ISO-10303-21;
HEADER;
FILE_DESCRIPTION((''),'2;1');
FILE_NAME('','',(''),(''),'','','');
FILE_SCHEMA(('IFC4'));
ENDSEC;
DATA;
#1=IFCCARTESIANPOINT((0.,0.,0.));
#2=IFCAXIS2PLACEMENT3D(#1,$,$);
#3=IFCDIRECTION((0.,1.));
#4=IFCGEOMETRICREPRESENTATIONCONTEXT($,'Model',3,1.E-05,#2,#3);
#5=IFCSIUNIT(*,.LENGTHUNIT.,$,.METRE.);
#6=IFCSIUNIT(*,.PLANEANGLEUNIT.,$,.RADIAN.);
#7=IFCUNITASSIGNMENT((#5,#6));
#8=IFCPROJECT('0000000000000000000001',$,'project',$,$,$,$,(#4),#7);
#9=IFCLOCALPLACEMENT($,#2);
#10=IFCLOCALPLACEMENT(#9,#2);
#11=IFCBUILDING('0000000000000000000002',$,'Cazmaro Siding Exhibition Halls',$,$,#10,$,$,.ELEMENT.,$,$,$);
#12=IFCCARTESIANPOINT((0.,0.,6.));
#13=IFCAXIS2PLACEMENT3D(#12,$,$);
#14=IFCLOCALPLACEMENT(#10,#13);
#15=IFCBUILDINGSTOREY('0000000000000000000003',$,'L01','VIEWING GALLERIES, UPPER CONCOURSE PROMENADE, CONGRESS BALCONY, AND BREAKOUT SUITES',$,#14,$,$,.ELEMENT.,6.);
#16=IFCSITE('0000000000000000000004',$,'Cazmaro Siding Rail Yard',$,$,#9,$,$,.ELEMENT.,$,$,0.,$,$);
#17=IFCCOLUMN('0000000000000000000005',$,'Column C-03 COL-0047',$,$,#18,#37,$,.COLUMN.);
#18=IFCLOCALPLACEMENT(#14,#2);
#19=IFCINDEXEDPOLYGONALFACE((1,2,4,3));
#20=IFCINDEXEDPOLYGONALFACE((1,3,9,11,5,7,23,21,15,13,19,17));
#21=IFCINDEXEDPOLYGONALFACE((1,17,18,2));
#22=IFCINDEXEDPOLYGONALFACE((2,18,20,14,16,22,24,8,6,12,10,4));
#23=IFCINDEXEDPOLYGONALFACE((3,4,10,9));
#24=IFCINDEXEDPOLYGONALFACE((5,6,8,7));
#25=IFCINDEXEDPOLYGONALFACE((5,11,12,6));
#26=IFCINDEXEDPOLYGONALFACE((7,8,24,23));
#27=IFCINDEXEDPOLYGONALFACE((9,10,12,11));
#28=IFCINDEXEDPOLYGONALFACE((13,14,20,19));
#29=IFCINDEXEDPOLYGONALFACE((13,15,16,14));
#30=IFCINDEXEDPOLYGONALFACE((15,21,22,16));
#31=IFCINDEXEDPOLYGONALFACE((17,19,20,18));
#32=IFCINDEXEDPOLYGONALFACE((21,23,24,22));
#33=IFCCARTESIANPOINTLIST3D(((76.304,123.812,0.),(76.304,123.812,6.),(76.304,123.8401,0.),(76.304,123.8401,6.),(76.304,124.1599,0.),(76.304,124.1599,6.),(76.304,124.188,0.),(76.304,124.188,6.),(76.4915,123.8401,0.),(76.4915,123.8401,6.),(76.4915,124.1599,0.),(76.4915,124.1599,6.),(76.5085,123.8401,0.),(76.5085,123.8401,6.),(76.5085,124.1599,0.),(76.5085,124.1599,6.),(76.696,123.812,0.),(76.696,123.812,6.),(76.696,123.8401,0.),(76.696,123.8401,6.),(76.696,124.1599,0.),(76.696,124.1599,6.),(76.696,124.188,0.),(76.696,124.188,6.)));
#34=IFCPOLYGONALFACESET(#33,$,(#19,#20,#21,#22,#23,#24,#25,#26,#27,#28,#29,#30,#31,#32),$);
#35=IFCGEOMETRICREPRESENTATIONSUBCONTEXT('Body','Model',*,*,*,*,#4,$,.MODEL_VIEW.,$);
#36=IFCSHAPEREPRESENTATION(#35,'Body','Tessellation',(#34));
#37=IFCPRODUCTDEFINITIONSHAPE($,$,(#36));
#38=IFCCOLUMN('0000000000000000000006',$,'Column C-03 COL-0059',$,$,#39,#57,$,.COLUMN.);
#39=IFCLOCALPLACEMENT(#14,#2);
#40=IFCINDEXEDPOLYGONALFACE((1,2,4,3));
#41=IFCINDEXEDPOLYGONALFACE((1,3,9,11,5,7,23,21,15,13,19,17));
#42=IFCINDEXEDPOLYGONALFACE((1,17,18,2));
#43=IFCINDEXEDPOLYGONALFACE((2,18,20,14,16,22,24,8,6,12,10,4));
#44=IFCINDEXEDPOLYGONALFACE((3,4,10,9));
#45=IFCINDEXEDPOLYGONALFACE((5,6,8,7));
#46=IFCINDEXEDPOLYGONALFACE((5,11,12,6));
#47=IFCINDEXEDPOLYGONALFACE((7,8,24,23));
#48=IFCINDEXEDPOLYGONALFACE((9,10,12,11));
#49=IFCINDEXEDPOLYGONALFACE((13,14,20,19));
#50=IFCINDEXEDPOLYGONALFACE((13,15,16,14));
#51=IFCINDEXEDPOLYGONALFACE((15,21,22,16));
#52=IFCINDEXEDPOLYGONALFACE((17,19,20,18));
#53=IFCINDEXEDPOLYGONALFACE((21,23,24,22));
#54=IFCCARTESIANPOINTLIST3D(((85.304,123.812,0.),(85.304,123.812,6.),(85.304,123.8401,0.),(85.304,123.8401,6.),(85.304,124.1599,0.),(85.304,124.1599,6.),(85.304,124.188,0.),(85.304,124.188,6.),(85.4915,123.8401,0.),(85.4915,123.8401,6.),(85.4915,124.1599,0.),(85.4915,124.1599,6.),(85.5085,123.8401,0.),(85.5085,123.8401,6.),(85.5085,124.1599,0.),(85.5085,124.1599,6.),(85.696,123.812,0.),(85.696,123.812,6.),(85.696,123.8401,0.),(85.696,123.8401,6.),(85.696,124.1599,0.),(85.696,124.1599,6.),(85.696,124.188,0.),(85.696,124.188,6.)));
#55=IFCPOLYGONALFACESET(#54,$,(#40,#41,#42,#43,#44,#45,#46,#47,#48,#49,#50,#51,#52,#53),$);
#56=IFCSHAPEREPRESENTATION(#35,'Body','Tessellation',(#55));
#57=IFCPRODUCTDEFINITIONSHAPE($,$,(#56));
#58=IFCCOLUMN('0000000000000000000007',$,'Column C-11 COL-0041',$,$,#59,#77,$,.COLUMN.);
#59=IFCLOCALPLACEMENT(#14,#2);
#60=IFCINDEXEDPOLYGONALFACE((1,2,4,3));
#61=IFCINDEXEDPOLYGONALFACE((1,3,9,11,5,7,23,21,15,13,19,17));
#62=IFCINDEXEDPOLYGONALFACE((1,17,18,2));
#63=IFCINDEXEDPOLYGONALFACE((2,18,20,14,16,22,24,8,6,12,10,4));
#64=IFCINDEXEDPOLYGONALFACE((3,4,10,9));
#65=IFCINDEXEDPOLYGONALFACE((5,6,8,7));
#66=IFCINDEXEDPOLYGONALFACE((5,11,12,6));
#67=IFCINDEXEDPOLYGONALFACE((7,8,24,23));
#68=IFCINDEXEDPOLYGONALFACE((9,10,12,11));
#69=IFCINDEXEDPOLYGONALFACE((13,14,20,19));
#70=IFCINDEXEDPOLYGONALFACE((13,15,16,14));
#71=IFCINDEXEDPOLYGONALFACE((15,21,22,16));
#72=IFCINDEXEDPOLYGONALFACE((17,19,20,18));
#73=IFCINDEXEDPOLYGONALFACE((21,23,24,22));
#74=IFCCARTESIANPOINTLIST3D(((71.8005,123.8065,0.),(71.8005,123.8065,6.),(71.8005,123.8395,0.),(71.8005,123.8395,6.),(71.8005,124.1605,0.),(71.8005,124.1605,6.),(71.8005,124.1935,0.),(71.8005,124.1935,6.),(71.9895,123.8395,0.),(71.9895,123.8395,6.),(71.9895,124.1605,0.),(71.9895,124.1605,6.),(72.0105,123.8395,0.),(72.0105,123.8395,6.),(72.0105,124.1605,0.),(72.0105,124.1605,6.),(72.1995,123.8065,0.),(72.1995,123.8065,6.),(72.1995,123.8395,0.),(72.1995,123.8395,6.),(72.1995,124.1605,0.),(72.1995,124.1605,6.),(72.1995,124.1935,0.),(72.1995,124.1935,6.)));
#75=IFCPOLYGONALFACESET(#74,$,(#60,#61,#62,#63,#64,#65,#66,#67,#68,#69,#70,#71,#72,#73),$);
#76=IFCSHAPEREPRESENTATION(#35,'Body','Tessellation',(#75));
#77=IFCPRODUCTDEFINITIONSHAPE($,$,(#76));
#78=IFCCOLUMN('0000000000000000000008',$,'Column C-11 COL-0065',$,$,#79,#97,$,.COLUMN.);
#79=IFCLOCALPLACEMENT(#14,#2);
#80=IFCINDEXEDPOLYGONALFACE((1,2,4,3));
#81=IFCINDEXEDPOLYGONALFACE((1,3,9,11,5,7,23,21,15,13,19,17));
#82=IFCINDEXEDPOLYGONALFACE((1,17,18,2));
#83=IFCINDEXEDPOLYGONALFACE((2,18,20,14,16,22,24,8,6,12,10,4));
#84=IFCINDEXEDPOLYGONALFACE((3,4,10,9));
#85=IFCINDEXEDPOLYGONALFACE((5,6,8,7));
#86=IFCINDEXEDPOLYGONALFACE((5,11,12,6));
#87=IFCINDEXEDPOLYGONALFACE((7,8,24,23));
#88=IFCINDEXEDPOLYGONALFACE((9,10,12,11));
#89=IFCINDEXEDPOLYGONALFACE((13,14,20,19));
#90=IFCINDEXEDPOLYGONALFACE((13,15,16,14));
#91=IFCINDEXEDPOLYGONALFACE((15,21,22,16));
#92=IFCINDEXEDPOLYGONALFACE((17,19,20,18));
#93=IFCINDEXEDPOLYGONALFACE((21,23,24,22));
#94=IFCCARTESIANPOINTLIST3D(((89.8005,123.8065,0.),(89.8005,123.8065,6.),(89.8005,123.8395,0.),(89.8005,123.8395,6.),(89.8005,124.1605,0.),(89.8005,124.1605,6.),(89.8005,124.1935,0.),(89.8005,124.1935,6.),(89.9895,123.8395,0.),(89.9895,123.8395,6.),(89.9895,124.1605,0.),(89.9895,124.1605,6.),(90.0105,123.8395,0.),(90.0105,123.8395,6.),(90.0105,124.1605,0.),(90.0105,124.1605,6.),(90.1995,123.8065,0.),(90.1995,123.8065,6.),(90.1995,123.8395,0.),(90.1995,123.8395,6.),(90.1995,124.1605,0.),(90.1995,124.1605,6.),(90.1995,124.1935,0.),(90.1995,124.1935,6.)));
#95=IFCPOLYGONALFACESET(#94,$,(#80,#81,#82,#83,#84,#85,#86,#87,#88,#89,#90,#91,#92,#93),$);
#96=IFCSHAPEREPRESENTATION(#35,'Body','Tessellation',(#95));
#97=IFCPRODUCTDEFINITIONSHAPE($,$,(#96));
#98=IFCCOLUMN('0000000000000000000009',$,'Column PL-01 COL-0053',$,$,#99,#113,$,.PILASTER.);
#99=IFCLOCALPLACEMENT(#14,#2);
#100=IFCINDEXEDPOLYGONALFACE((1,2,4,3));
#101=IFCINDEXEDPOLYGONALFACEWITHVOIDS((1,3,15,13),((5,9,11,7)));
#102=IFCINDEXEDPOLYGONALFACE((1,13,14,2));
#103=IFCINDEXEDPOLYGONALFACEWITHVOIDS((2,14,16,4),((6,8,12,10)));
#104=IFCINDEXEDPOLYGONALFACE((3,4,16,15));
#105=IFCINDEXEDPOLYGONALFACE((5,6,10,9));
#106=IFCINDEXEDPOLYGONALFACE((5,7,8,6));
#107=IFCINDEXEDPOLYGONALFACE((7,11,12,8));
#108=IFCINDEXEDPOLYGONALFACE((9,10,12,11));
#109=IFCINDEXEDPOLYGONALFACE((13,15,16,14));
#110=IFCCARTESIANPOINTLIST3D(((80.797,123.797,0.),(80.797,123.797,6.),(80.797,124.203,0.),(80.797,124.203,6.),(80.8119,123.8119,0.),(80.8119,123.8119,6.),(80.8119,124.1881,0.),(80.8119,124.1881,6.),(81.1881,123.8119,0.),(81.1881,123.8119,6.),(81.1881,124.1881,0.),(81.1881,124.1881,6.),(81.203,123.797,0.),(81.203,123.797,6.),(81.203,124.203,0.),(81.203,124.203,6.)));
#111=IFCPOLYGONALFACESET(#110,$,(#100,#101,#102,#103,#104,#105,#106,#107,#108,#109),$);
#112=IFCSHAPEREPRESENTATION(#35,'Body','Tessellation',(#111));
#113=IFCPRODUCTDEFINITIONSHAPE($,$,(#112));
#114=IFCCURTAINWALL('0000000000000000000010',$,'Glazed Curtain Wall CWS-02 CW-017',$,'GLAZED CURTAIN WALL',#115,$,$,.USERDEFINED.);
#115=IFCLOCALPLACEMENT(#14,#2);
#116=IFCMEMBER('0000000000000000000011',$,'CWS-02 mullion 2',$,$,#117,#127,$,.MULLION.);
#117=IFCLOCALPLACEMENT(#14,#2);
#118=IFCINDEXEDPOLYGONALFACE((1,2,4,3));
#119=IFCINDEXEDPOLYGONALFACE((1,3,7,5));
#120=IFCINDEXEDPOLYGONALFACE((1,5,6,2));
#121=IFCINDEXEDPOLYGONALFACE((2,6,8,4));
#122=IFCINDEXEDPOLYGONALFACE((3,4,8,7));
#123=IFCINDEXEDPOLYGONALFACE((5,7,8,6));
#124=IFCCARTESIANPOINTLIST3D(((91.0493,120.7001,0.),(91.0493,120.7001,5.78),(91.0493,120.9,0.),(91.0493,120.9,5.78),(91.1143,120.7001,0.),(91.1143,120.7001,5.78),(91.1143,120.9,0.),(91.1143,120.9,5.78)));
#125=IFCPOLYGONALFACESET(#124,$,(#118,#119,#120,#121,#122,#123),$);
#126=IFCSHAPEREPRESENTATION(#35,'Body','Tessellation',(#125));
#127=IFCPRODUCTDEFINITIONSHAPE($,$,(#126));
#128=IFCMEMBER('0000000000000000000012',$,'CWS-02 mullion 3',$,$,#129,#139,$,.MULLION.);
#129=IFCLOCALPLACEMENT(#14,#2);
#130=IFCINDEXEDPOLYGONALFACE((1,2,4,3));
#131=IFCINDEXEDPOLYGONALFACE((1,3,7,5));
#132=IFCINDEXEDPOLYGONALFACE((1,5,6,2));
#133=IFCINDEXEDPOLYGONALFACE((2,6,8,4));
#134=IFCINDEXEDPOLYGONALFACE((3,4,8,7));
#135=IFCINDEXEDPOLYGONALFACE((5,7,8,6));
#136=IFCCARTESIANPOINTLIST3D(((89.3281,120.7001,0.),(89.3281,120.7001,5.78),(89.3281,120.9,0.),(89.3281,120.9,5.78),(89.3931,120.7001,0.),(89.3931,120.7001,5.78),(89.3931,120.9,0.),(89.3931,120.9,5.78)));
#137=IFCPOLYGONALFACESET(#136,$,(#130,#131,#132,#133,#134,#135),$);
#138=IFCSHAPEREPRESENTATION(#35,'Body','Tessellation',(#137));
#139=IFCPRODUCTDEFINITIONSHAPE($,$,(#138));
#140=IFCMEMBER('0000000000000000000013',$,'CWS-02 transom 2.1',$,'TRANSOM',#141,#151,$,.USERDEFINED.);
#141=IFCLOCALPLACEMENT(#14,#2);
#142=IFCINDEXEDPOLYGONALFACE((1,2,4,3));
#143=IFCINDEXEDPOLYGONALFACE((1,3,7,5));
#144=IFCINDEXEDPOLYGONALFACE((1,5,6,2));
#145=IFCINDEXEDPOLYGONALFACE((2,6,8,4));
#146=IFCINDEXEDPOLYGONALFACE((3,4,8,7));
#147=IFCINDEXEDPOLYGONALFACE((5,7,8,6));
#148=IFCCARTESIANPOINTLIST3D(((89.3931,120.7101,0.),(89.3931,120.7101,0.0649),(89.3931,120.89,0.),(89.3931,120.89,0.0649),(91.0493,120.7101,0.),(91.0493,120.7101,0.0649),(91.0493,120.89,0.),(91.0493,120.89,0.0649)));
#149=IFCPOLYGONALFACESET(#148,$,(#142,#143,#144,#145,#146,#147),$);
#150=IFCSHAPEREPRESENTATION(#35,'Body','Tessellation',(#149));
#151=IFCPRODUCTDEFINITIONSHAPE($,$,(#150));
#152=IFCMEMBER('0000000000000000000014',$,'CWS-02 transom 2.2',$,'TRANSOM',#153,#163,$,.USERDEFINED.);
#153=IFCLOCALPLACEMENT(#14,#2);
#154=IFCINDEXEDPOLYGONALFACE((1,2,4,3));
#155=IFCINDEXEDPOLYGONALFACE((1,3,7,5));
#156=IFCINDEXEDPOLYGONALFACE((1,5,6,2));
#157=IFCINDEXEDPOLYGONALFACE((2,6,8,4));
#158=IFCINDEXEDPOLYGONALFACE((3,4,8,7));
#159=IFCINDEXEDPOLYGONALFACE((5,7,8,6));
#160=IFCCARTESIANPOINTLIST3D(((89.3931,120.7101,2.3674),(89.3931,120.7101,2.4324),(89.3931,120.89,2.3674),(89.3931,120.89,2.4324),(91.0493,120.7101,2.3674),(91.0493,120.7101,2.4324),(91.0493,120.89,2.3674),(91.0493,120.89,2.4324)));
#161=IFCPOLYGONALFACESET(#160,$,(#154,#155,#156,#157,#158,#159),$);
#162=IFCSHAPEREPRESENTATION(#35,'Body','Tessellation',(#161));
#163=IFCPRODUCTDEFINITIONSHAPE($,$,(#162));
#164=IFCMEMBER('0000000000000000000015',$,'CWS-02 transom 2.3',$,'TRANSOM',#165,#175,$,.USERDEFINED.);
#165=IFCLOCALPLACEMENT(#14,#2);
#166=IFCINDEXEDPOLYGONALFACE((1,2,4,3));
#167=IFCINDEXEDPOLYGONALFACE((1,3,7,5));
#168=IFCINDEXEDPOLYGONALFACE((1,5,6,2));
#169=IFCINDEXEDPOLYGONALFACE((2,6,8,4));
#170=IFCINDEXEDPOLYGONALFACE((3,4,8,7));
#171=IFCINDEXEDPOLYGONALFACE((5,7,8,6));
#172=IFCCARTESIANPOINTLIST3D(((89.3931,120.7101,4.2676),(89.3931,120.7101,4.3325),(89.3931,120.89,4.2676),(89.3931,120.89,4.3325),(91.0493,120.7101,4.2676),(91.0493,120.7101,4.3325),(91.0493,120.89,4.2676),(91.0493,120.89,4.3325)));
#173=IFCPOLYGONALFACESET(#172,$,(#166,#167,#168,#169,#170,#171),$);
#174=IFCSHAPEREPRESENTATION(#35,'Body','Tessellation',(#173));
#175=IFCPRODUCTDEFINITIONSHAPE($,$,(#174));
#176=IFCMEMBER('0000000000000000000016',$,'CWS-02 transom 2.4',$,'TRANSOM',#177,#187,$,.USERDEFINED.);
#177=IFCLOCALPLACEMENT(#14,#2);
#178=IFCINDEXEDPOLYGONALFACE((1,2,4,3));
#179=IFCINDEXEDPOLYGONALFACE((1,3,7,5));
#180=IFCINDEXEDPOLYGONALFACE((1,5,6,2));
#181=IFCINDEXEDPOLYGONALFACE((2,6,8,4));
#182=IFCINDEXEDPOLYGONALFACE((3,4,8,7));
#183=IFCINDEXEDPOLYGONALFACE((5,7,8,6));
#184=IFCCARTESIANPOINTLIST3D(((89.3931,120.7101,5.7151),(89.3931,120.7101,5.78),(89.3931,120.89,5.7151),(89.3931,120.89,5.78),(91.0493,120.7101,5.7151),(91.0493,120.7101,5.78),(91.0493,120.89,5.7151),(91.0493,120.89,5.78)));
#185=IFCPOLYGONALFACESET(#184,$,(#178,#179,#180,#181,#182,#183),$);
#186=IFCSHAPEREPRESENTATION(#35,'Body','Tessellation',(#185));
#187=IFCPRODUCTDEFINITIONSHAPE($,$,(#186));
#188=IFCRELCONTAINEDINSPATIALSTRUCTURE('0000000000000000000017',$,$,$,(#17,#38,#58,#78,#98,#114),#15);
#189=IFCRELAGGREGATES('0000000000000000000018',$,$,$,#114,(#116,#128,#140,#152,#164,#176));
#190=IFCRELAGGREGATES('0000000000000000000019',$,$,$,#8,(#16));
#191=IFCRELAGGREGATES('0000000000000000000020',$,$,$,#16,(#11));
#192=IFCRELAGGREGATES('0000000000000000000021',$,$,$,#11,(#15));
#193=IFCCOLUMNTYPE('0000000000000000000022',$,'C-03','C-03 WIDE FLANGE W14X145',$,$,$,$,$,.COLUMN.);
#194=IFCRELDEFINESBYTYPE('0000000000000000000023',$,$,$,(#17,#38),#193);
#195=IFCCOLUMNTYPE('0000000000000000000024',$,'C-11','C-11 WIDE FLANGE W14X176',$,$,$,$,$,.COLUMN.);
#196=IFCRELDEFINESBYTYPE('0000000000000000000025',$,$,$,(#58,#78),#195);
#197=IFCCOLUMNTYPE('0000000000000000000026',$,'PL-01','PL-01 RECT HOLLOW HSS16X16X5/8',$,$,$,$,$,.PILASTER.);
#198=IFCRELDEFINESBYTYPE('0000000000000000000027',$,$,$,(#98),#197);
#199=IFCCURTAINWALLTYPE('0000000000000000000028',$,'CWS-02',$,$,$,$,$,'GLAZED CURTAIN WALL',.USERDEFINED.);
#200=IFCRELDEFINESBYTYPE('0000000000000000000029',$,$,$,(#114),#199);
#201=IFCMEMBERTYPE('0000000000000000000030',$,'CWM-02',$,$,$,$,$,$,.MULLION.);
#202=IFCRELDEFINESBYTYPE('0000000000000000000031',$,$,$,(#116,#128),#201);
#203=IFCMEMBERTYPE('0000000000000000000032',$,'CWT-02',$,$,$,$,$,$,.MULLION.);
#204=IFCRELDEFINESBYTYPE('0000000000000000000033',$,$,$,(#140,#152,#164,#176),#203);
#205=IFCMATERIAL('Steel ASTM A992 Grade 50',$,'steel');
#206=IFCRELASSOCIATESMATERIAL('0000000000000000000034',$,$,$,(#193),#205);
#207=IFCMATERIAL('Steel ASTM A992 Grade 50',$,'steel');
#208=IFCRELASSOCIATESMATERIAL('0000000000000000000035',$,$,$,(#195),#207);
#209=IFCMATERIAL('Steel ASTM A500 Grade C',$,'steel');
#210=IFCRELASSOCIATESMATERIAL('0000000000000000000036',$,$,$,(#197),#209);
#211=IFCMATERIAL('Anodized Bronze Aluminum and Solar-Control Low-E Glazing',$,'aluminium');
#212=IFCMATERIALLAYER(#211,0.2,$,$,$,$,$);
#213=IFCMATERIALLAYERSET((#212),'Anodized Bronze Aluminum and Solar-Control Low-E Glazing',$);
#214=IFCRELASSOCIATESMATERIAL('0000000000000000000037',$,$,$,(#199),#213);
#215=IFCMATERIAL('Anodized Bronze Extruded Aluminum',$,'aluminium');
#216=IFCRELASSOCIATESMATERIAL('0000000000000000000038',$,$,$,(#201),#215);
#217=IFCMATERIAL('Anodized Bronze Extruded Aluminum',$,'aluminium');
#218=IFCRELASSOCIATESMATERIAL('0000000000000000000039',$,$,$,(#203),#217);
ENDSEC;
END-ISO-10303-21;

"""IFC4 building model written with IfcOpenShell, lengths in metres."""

from ifc_helpers import new_model, si_unit, direction, frame, origin, origin_2d, place, context, subcontext, project, spatial, rectangle, hollow_rectangle, i_section, extrude, material, layer, layer_set, material_profile, profile_set, type_object, element, aggregate, save


model = new_model("IFC4")

# Units and contexts
model_context = context("Model", 3, precision=1e-05, world=origin(), true_north=direction((0.0, 1.0)))
body_context = subcontext(model_context, "Body", "Model", "MODEL_VIEW")
ifc_project = project(units=[si_unit("LENGTHUNIT", "METRE"), si_unit("PLANEANGLEUNIT", "RADIAN")], contexts=[model_context])

# Site, building, storey
site_placement = place(None, origin())
site = spatial("IfcSite", under=ifc_project, at=site_placement, Name="Cazmaro Siding Rail Yard", CompositionType="ELEMENT", RefElevation=0.0)
building_placement = place(site_placement, origin())
building = spatial("IfcBuilding", under=site, at=building_placement, Name="Cazmaro Siding Exhibition Halls", CompositionType="ELEMENT")
storey_placement = place(building_placement, frame((0.0, 0.0, 6.0)))
storey = spatial("IfcBuildingStorey", under=building, at=storey_placement, Name="L01", Description="VIEWING GALLERIES, UPPER CONCOURSE PROMENADE, CONGRESS BALCONY, AND BREAKOUT SUITES", CompositionType="ELEMENT", Elevation=6.0)

# Columns
ifc_material_1 = material(Name="Steel ASTM A992 Grade 50", Category="steel")
ifc_material_profile_1 = material_profile(ifc_material_1, i_section(OverallWidth=0.3921, OverallDepth=0.376, WebThickness=0.0171, FlangeThickness=0.0281, at=origin_2d()), Name="W14X145")
ifc_profile_set_1 = profile_set([ifc_material_profile_1], Name="Steel ASTM A992 Grade 50")
column_type_1 = type_object("IfcColumnType", Name="C-03", Description="C-03 WIDE FLANGE W14X145", PredefinedType="COLUMN", material=ifc_profile_set_1)
for number, where, z_axis, x_axis, name in (
    (1, (76.5, 124.0, 0.0), (0.0, 0.0, 1.0), (1.0, 0.0, 0.0), "Column C-03 COL-0047"),
    (2, (85.5, 124.0, 0.0), (0.0, 0.0, 1.0), (1.0, 0.0, 0.0), "Column C-03 COL-0059"),
):
    element("IfcColumn", number, at=place(storey_placement, frame(where, z_axis=z_axis, x_axis=x_axis)), inside=storey, type_object=column_type_1, Name=name, PredefinedType="COLUMN", context=body_context, shape_type="SweptSolid", body=[
        extrude(i_section(OverallWidth=0.3921, OverallDepth=0.376, WebThickness=0.0171, FlangeThickness=0.0281, at=origin_2d()), origin(), (0.0, 0.0, 1.0), 6.0),
    ])
ifc_material_2 = material(Name="Steel ASTM A992 Grade 50", Category="steel")
ifc_material_profile_2 = material_profile(ifc_material_2, i_section(OverallWidth=0.3989, OverallDepth=0.387, WebThickness=0.021, FlangeThickness=0.033, at=origin_2d()), Name="W14X176")
ifc_profile_set_2 = profile_set([ifc_material_profile_2], Name="Steel ASTM A992 Grade 50")
column_type_2 = type_object("IfcColumnType", Name="C-11", Description="C-11 WIDE FLANGE W14X176", PredefinedType="COLUMN", material=ifc_profile_set_2)
for number, where, z_axis, x_axis, name in (
    (3, (72.0, 124.0, 0.0), (0.0, 0.0, 1.0), (1.0, 0.0, 0.0), "Column C-11 COL-0041"),
    (4, (90.0, 124.0, 0.0), (0.0, 0.0, 1.0), (1.0, 0.0, 0.0), "Column C-11 COL-0065"),
):
    element("IfcColumn", number, at=place(storey_placement, frame(where, z_axis=z_axis, x_axis=x_axis)), inside=storey, type_object=column_type_2, Name=name, PredefinedType="COLUMN", context=body_context, shape_type="SweptSolid", body=[
        extrude(i_section(OverallWidth=0.3989, OverallDepth=0.387, WebThickness=0.021, FlangeThickness=0.033, at=origin_2d()), origin(), (0.0, 0.0, 1.0), 6.0),
    ])
ifc_material_3 = material(Name="Steel ASTM A500 Grade C", Category="steel")
ifc_material_profile_3 = material_profile(ifc_material_3, hollow_rectangle(XDim=0.406, YDim=0.406, WallThickness=0.0149, at=origin_2d()), Name="HSS16X16X5/8")
ifc_profile_set_3 = profile_set([ifc_material_profile_3], Name="Steel ASTM A500 Grade C")
column_type_3 = type_object("IfcColumnType", Name="PL-01", Description="PL-01 RECT HOLLOW HSS16X16X5/8", PredefinedType="PILASTER", material=ifc_profile_set_3)
column_placement = place(storey_placement, frame((81.0, 124.0, 0.0), z_axis=(0.0, 0.0, 1.0), x_axis=(1.0, 0.0, 0.0)))
element("IfcColumn", 5, at=column_placement, inside=storey, type_object=column_type_3, Name="Column PL-01 COL-0053", PredefinedType="PILASTER", context=body_context, shape_type="SweptSolid", body=[
    extrude(hollow_rectangle(XDim=0.406, YDim=0.406, WallThickness=0.0149, at=origin_2d()), origin(), (0.0, 0.0, 1.0), 6.0),
])

# Curtain wall, members
ifc_material_4 = material(Name="Anodized Bronze Aluminum and Solar-Control Low-E Glazing", Category="aluminium")
ifc_layer_1 = layer(ifc_material_4, 0.2)
ifc_layer_set_1 = layer_set([ifc_layer_1], Name="Anodized Bronze Aluminum and Solar-Control Low-E Glazing")
curtain_wall_type = type_object("IfcCurtainWallType", Name="CWS-02", ElementType="GLAZED CURTAIN WALL", PredefinedType="USERDEFINED", material=ifc_layer_set_1)
curtain_wall_placement = place(storey_placement, origin())
curtain_wall = element("IfcCurtainWall", 6, at=curtain_wall_placement, inside=storey, type_object=curtain_wall_type, Name="Glazed Curtain Wall CWS-02 CW-017", ObjectType="GLAZED CURTAIN WALL", PredefinedType="USERDEFINED")
ifc_material_5 = material(Name="Anodized Bronze Extruded Aluminum", Category="aluminium")
ifc_material_profile_4 = material_profile(ifc_material_5, rectangle(XDim=0.2, YDim=0.0649, at=origin_2d()), Name="CWM-02")
ifc_profile_set_4 = profile_set([ifc_material_profile_4], Name="Anodized Bronze Extruded Aluminum")
member_type_1 = type_object("IfcMemberType", Name="CWM-02", PredefinedType="MULLION", material=ifc_profile_set_4)
member_1_placement = place(storey_placement, frame((91.0818, 120.8, 0.0), z_axis=(0.0, 0.0, 1.0), x_axis=(0.0, -1.0, 0.0)))
member_1 = element("IfcMember", 7, at=member_1_placement, type_object=member_type_1, Name="CWS-02 mullion 2", PredefinedType="MULLION", context=body_context, shape_type="SweptSolid", body=[
    extrude(rectangle(XDim=0.2, YDim=0.0649, at=origin_2d()), origin(), (0.0, 0.0, 1.0), 5.78),
])
member_2_placement = place(storey_placement, frame((89.3606, 120.8, 0.0), z_axis=(0.0, 0.0, 1.0), x_axis=(0.0, -1.0, 0.0)))
member_2 = element("IfcMember", 8, at=member_2_placement, type_object=member_type_1, Name="CWS-02 mullion 3", PredefinedType="MULLION", context=body_context, shape_type="SweptSolid", body=[
    extrude(rectangle(XDim=0.2, YDim=0.0649, at=origin_2d()), origin(), (0.0, 0.0, 1.0), 5.78),
])
ifc_material_6 = material(Name="Anodized Bronze Extruded Aluminum", Category="aluminium")
ifc_material_profile_5 = material_profile(ifc_material_6, rectangle(XDim=0.1799, YDim=0.0649, at=origin_2d()), Name="CWT-02")
ifc_profile_set_5 = profile_set([ifc_material_profile_5], Name="Anodized Bronze Extruded Aluminum")
member_type_2 = type_object("IfcMemberType", Name="CWT-02", PredefinedType="MULLION", material=ifc_profile_set_5)
member_3_placement = place(storey_placement, frame((91.0493, 120.8, 0.0325), z_axis=(-1.0, 0.0, 0.0), x_axis=(0.0, -1.0, 0.0)))
member_3 = element("IfcMember", 9, at=member_3_placement, type_object=member_type_2, Name="CWS-02 transom 2.1", ObjectType="TRANSOM", PredefinedType="USERDEFINED", context=body_context, shape_type="SweptSolid", body=[
    extrude(rectangle(XDim=0.1799, YDim=0.0649, at=origin_2d()), origin(), (0.0, 0.0, 1.0), 1.6562),
])
member_4_placement = place(storey_placement, frame((91.0493, 120.8, 2.3999), z_axis=(-1.0, 0.0, 0.0), x_axis=(0.0, -1.0, 0.0)))
member_4 = element("IfcMember", 10, at=member_4_placement, type_object=member_type_2, Name="CWS-02 transom 2.2", ObjectType="TRANSOM", PredefinedType="USERDEFINED", context=body_context, shape_type="SweptSolid", body=[
    extrude(rectangle(XDim=0.1799, YDim=0.0649, at=origin_2d()), origin(), (0.0, 0.0, 1.0), 1.6562),
])
member_5_placement = place(storey_placement, frame((91.0493, 120.8, 4.3), z_axis=(-1.0, 0.0, 0.0), x_axis=(0.0, -1.0, 0.0)))
member_5 = element("IfcMember", 11, at=member_5_placement, type_object=member_type_2, Name="CWS-02 transom 2.3", ObjectType="TRANSOM", PredefinedType="USERDEFINED", context=body_context, shape_type="SweptSolid", body=[
    extrude(rectangle(XDim=0.1799, YDim=0.0649, at=origin_2d()), origin(), (0.0, 0.0, 1.0), 1.6562),
])
member_6_placement = place(storey_placement, frame((91.0493, 120.8, 5.7476), z_axis=(-1.0, 0.0, 0.0), x_axis=(0.0, -1.0, 0.0)))
member_6 = element("IfcMember", 12, at=member_6_placement, type_object=member_type_2, Name="CWS-02 transom 2.4", ObjectType="TRANSOM", PredefinedType="USERDEFINED", context=body_context, shape_type="SweptSolid", body=[
    extrude(rectangle(XDim=0.1799, YDim=0.0649, at=origin_2d()), origin(), (0.0, 0.0, 1.0), 1.6562),
])

aggregate(curtain_wall, [member_1, member_2, member_3, member_4, member_5, member_6])

save(model, "model.ifc")
